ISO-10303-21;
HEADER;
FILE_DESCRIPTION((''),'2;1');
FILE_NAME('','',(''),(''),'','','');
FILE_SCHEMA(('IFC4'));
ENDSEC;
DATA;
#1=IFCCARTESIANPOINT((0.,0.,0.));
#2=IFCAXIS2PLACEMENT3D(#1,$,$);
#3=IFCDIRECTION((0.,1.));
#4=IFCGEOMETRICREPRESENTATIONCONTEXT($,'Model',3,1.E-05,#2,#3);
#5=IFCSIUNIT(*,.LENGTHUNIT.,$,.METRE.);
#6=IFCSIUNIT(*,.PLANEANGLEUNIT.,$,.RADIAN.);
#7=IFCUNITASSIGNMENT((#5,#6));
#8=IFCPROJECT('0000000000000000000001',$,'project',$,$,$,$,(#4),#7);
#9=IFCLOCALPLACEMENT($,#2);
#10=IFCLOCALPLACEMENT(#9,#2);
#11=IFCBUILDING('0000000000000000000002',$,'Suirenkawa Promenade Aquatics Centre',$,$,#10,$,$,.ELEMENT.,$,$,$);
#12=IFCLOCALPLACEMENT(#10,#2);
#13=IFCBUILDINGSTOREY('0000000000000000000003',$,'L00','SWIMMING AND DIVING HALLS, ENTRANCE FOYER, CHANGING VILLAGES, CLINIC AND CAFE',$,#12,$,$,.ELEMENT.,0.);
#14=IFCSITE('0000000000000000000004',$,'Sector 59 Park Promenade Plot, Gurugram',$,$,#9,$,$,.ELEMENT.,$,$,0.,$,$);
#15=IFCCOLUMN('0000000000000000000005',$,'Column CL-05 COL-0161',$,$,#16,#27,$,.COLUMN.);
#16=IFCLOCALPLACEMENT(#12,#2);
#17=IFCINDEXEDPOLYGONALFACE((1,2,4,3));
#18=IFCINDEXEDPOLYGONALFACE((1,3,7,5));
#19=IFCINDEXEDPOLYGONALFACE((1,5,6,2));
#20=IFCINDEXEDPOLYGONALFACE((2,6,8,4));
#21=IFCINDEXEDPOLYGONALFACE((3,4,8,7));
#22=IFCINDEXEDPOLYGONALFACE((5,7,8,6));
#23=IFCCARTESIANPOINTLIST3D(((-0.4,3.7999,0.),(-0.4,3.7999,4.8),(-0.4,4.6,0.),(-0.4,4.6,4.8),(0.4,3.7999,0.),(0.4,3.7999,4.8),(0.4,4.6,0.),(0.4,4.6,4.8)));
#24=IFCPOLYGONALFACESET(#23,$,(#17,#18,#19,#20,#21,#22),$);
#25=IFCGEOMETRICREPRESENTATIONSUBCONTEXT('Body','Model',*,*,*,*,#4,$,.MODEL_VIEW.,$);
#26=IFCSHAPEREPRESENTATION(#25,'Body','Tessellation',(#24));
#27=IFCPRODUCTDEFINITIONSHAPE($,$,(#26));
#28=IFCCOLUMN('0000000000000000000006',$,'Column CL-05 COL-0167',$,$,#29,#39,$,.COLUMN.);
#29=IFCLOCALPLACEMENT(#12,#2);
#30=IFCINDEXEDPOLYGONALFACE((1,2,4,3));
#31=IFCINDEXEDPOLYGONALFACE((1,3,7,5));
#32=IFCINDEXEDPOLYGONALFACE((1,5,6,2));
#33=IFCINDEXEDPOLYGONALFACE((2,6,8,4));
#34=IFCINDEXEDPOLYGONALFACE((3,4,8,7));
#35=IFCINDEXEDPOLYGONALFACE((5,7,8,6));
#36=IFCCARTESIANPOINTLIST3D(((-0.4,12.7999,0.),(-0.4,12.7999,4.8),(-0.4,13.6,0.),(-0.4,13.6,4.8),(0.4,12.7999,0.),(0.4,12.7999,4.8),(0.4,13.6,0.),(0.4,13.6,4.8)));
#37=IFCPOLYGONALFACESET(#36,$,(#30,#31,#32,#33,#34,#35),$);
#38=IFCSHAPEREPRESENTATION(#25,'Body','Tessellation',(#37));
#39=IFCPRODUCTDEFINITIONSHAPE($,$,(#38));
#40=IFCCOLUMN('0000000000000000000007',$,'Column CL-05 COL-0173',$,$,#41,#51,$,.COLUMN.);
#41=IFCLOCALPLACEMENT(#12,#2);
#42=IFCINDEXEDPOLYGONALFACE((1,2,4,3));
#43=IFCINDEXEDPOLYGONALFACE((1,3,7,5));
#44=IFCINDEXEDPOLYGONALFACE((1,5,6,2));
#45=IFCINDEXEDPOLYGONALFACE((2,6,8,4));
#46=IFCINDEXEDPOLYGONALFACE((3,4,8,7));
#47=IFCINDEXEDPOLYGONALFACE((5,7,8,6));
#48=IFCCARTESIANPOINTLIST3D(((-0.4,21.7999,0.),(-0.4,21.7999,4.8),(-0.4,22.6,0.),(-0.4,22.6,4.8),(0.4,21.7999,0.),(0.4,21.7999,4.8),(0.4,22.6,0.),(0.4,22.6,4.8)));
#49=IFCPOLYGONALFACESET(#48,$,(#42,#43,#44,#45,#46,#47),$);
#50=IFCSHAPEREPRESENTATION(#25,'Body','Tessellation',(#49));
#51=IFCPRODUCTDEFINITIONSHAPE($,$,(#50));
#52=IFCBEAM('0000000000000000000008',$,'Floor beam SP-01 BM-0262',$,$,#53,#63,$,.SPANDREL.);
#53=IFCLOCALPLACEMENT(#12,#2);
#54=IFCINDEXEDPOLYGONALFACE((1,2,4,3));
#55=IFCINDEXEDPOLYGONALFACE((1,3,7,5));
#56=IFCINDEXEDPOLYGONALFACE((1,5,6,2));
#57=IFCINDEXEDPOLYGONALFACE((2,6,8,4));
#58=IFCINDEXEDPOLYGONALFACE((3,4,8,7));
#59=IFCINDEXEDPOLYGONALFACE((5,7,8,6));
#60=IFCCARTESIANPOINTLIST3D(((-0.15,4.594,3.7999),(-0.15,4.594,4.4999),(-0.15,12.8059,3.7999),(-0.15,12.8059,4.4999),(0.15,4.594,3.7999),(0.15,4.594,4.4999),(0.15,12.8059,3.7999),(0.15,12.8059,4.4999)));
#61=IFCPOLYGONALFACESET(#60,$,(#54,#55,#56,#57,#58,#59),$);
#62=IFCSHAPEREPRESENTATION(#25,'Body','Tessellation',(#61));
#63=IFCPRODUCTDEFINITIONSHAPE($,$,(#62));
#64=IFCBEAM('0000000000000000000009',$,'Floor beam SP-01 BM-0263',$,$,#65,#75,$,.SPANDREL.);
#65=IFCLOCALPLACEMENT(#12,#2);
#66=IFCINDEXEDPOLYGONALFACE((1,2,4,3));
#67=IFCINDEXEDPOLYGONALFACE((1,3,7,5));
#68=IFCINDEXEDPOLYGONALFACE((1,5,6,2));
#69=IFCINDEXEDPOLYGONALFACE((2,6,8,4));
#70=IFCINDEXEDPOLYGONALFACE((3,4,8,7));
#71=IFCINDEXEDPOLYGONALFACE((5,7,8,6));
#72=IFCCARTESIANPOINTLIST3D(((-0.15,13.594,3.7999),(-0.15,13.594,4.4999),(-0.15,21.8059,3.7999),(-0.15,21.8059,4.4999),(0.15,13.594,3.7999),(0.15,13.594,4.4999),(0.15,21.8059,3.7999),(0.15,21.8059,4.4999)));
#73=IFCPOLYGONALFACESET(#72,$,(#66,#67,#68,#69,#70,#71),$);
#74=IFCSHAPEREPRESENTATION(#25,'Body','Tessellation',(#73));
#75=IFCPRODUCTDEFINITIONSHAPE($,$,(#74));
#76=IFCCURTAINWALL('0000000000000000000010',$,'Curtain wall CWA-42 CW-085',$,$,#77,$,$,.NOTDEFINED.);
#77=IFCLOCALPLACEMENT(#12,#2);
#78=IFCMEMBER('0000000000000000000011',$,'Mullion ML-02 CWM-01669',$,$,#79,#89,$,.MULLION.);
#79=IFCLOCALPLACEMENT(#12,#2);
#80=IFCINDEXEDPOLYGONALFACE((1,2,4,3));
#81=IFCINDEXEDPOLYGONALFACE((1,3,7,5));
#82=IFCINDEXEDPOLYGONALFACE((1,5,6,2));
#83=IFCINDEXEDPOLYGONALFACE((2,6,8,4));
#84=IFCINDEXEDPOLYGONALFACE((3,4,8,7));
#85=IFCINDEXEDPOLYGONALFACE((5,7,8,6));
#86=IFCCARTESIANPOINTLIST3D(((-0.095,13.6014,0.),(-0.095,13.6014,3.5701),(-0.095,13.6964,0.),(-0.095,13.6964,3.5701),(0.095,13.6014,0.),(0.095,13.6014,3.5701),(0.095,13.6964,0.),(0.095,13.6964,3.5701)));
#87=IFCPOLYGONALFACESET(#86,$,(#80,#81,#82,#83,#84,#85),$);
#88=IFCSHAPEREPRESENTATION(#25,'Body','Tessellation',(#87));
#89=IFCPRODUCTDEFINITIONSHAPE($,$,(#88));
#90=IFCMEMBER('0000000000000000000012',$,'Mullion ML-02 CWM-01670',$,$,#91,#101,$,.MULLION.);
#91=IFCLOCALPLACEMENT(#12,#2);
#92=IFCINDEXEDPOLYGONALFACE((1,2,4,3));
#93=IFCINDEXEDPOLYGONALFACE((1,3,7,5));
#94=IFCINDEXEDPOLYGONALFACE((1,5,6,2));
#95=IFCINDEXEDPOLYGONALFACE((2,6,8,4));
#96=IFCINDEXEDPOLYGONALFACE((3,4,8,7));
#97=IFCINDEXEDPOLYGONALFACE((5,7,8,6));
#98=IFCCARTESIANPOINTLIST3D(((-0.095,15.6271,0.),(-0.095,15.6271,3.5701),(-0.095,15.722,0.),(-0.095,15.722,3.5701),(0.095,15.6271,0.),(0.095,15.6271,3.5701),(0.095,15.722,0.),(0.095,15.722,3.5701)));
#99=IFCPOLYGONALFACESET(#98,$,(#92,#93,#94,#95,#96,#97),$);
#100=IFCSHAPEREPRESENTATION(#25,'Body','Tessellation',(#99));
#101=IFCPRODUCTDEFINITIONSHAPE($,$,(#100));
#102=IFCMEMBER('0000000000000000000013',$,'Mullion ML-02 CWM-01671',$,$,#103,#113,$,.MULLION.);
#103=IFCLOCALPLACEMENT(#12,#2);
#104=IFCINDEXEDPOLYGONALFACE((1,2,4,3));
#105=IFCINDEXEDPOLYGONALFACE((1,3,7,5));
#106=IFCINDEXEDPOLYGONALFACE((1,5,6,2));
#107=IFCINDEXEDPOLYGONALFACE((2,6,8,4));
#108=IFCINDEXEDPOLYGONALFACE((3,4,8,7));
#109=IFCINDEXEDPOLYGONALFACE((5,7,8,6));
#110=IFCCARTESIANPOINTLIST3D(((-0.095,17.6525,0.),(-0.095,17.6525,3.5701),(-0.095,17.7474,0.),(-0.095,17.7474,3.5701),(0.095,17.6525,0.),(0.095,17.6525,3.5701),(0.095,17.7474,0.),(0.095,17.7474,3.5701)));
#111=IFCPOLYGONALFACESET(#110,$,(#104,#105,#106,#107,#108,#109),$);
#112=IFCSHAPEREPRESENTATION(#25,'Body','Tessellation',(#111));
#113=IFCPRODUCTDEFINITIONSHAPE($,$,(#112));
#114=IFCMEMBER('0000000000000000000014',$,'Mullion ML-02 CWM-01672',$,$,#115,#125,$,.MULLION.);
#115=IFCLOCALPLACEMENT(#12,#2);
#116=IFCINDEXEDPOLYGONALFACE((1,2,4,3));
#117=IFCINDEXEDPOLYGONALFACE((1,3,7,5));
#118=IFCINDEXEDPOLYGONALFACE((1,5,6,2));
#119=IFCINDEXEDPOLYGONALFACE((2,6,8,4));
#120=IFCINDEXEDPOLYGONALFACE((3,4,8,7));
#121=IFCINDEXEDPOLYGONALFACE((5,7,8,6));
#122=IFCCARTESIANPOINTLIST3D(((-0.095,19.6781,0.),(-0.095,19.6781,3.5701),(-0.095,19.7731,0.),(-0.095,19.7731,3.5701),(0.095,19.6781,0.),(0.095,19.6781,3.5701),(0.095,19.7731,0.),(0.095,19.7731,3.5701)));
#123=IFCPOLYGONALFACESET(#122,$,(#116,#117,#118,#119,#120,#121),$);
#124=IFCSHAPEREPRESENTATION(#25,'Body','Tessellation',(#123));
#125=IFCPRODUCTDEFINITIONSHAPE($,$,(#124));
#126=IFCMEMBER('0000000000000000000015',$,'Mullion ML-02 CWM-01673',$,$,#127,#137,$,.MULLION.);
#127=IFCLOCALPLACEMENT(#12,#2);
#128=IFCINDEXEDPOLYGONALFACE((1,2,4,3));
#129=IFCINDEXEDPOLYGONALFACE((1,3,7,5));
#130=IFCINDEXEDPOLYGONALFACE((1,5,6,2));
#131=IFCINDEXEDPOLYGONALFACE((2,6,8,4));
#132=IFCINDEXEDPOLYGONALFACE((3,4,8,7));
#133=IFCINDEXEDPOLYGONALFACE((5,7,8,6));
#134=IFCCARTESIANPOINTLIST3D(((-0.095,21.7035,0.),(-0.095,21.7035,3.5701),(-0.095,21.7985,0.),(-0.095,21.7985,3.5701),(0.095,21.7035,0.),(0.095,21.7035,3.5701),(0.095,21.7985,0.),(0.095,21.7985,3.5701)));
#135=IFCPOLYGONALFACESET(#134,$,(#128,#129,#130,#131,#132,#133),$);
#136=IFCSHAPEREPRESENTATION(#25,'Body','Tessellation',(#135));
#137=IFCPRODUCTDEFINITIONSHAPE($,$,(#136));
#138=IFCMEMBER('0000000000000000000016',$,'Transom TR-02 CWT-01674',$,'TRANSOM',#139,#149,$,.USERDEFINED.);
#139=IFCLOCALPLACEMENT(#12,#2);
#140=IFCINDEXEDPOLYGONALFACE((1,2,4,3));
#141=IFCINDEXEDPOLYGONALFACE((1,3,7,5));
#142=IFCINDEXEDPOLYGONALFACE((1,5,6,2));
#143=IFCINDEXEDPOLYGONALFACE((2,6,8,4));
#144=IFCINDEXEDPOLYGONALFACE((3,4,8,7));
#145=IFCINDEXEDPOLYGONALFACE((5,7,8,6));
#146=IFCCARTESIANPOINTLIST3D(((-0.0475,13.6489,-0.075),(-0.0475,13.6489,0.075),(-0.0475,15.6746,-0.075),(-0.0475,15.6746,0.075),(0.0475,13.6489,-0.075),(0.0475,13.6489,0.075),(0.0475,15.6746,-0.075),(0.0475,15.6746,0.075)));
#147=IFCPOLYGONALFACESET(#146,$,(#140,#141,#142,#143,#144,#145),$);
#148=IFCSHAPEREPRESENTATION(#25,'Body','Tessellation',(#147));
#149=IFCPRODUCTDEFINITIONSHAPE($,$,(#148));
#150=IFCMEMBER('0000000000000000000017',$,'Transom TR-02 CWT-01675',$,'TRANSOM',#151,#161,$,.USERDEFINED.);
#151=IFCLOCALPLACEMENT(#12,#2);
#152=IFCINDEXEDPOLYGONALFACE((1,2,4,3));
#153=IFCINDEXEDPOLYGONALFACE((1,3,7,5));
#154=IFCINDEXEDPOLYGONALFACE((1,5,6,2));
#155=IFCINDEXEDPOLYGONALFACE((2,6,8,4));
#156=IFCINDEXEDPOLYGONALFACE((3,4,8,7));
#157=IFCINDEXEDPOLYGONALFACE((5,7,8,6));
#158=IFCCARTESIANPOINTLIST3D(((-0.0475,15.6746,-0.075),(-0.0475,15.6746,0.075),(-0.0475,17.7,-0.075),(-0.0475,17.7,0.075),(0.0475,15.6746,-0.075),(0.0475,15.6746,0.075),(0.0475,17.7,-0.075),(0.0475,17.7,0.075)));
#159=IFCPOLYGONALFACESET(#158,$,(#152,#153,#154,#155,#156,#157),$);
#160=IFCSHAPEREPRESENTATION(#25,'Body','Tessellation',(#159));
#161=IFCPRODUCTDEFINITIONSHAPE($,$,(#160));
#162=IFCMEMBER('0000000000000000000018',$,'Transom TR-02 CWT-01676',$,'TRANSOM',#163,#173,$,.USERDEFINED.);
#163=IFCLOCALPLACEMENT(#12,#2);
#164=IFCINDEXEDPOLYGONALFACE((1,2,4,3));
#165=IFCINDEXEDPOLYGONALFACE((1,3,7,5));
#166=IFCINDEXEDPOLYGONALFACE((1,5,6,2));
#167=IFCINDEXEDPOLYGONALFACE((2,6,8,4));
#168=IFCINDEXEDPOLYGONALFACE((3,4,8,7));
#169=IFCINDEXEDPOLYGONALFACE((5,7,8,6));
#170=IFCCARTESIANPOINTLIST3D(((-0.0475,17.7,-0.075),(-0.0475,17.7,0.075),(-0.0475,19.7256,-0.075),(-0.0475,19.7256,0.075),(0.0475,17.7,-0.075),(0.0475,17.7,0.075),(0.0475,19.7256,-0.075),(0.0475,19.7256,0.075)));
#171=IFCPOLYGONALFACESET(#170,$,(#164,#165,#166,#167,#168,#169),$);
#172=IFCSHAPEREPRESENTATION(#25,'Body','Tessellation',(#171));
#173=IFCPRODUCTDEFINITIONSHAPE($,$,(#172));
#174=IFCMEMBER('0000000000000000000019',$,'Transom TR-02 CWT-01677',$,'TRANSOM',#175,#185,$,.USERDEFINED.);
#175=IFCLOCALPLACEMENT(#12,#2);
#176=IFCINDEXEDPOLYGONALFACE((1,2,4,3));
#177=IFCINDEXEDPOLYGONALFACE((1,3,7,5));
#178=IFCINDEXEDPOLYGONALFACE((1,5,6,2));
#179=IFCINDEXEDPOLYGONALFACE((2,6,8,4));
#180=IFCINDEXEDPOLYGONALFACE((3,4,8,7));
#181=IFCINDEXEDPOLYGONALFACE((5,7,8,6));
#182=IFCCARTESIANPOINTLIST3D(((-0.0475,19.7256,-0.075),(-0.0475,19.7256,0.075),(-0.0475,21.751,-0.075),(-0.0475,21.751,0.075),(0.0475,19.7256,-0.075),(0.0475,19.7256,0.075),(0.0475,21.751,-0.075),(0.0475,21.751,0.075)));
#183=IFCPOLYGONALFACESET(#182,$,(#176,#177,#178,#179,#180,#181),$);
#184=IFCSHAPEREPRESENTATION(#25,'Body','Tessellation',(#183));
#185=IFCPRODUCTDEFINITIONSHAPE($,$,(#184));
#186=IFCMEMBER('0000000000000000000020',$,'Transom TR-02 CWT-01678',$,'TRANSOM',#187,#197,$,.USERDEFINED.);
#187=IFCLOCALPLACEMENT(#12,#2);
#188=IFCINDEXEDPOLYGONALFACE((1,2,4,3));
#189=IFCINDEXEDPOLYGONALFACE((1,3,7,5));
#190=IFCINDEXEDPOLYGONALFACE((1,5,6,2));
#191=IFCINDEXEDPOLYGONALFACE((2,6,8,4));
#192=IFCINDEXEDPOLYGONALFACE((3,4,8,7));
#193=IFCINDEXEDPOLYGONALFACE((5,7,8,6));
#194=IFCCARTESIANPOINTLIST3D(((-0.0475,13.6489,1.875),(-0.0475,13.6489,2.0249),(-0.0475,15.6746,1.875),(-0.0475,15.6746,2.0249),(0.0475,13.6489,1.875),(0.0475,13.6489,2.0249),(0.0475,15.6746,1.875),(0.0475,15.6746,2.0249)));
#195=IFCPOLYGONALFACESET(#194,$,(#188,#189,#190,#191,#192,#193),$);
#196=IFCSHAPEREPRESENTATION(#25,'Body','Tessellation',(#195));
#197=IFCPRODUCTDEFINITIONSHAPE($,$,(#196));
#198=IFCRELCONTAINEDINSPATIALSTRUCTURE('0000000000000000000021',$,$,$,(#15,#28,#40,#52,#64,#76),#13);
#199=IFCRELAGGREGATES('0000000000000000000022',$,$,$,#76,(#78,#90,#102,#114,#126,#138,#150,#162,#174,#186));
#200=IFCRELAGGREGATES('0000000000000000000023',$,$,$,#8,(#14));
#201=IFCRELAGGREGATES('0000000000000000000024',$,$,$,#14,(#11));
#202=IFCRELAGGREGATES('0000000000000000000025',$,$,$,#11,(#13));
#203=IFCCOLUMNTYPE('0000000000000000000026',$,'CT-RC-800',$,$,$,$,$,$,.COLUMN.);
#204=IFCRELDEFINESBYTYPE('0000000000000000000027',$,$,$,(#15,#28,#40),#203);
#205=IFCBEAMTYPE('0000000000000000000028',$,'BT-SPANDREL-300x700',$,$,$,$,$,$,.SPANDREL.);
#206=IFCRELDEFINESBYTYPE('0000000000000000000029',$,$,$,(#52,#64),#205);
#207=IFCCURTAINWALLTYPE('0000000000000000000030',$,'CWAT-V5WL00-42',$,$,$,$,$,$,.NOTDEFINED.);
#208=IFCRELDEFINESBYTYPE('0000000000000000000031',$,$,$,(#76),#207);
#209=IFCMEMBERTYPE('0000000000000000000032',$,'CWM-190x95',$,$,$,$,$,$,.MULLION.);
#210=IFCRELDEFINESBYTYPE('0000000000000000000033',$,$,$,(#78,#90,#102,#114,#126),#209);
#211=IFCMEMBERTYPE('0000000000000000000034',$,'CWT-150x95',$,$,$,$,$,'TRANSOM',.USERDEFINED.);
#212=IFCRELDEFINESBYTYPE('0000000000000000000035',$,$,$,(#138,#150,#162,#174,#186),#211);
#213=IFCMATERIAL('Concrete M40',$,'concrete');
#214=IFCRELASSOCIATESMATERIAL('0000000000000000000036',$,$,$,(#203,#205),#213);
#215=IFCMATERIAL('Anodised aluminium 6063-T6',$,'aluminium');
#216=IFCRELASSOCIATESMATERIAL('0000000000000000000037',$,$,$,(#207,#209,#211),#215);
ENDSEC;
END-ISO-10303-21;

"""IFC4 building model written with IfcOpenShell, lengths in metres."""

from ifc_helpers import new_model, si_unit, direction, frame, origin, origin_2d, place, context, subcontext, project, spatial, rectangle, extrude, material, material_profile, profile_set, type_object, element, aggregate, save


model = new_model("IFC4")

# Units and contexts
model_context = context("Model", 3, precision=1e-05, world=origin(), true_north=direction((0.0, 1.0)))
body_context = subcontext(model_context, "Body", "Model", "MODEL_VIEW")
ifc_project = project(units=[si_unit("LENGTHUNIT", "METRE"), si_unit("PLANEANGLEUNIT", "RADIAN")], contexts=[model_context])

# Site, building, storey
site_placement = place(None, origin())
site = spatial("IfcSite", under=ifc_project, at=site_placement, Name="Sector 59 Park Promenade Plot, Gurugram", CompositionType="ELEMENT", RefElevation=0.0)
building_placement = place(site_placement, origin())
building = spatial("IfcBuilding", under=site, at=building_placement, Name="Suirenkawa Promenade Aquatics Centre", CompositionType="ELEMENT")
storey_placement = place(building_placement, origin())
storey = spatial("IfcBuildingStorey", under=building, at=storey_placement, Name="L00", Description="SWIMMING AND DIVING HALLS, ENTRANCE FOYER, CHANGING VILLAGES, CLINIC AND CAFE", CompositionType="ELEMENT", Elevation=0.0)

# Columns
ifc_material_1 = material(Name="Concrete M40", Category="concrete")
ifc_material_profile_1 = material_profile(ifc_material_1, rectangle(XDim=0.8, YDim=0.8, at=origin_2d()), Name="RC COL 800x800", Category="concrete")
ifc_profile_set_1 = profile_set([ifc_material_profile_1], Name="Concrete M40")
column_type = type_object("IfcColumnType", Name="CT-RC-800", PredefinedType="COLUMN", material=ifc_profile_set_1)
for number, where, z_axis, x_axis, name in (
    (1, (0.0, 4.2, 0.0), (0.0, 0.0, 1.0), (1.0, 0.0, 0.0), "Column CL-05 COL-0161"),
    (2, (0.0, 13.2, 0.0), (0.0, 0.0, 1.0), (1.0, 0.0, 0.0), "Column CL-05 COL-0167"),
    (3, (0.0, 22.2, 0.0), (0.0, 0.0, 1.0), (1.0, 0.0, 0.0), "Column CL-05 COL-0173"),
):
    element("IfcColumn", number, at=place(storey_placement, frame(where, z_axis=z_axis, x_axis=x_axis)), inside=storey, type_object=column_type, Name=name, PredefinedType="COLUMN", context=body_context, shape_type="SweptSolid", body=[
        extrude(rectangle(XDim=0.8, YDim=0.8, at=origin_2d()), origin(), (0.0, 0.0, 1.0), 4.8),
    ])

# Beams
ifc_material_profile_2 = material_profile(ifc_material_1, rectangle(XDim=0.3, YDim=0.7, at=origin_2d()), Name="RC SPANDREL 300x700", Category="concrete")
ifc_profile_set_2 = profile_set([ifc_material_profile_2], Name="Concrete M40")
beam_type = type_object("IfcBeamType", Name="BT-SPANDREL-300x700", PredefinedType="SPANDREL", material=ifc_profile_set_2)
for number, where, z_axis, x_axis, name in (
    (4, (0.0, 4.594, 4.1499), (0.0, 1.0, 0.0), (-1.0, 0.0, 0.0), "Floor beam SP-01 BM-0262"),
    (5, (0.0, 13.594, 4.1499), (0.0, 1.0, 0.0), (-1.0, 0.0, 0.0), "Floor beam SP-01 BM-0263"),
):
    element("IfcBeam", number, at=place(storey_placement, frame(where, z_axis=z_axis, x_axis=x_axis)), inside=storey, type_object=beam_type, Name=name, PredefinedType="SPANDREL", context=body_context, shape_type="SweptSolid", body=[
        extrude(rectangle(XDim=0.3, YDim=0.7, at=origin_2d()), origin(), (0.0, 0.0, 1.0), 8.2119),
    ])

# Curtain wall, members
ifc_material_2 = material(Name="Anodised aluminium 6063-T6", Category="aluminium")
curtain_wall_type = type_object("IfcCurtainWallType", Name="CWAT-V5WL00-42", PredefinedType="NOTDEFINED", material=ifc_material_2)
curtain_wall_placement = place(storey_placement, origin())
curtain_wall = element("IfcCurtainWall", 6, at=curtain_wall_placement, inside=storey, type_object=curtain_wall_type, Name="Curtain wall CWA-42 CW-085", PredefinedType="NOTDEFINED")
ifc_material_profile_3 = material_profile(ifc_material_2, rectangle(XDim=0.095, YDim=0.1899, at=origin_2d()), Name="ALU MULL 95x190", Category="aluminium")
ifc_profile_set_3 = profile_set([ifc_material_profile_3], Name="Anodised aluminium 6063-T6")
member_type_1 = type_object("IfcMemberType", Name="CWM-190x95", PredefinedType="MULLION", material=ifc_profile_set_3)
member_1_placement = place(storey_placement, frame((0.0, 13.6489, 0.0), z_axis=(0.0, 0.0, 1.0), x_axis=(0.0, 1.0, 0.0)))
member_1 = element("IfcMember", 7, at=member_1_placement, type_object=member_type_1, Name="Mullion ML-02 CWM-01669", PredefinedType="MULLION", context=body_context, shape_type="SweptSolid", body=[
    extrude(rectangle(XDim=0.095, YDim=0.1899, at=origin_2d()), origin(), (0.0, 0.0, 1.0), 3.5701),
])
member_2_placement = place(storey_placement, frame((0.0, 15.6746, 0.0), z_axis=(0.0, 0.0, 1.0), x_axis=(0.0, 1.0, 0.0)))
member_2 = element("IfcMember", 8, at=member_2_placement, type_object=member_type_1, Name="Mullion ML-02 CWM-01670", PredefinedType="MULLION", context=body_context, shape_type="SweptSolid", body=[
    extrude(rectangle(XDim=0.095, YDim=0.1899, at=origin_2d()), origin(), (0.0, 0.0, 1.0), 3.5701),
])
member_3_placement = place(storey_placement, frame((0.0, 17.7, 0.0), z_axis=(0.0, 0.0, 1.0), x_axis=(0.0, 1.0, 0.0)))
member_3 = element("IfcMember", 9, at=member_3_placement, type_object=member_type_1, Name="Mullion ML-02 CWM-01671", PredefinedType="MULLION", context=body_context, shape_type="SweptSolid", body=[
    extrude(rectangle(XDim=0.095, YDim=0.1899, at=origin_2d()), origin(), (0.0, 0.0, 1.0), 3.5701),
])
member_4_placement = place(storey_placement, frame((0.0, 19.7256, 0.0), z_axis=(0.0, 0.0, 1.0), x_axis=(0.0, 1.0, 0.0)))
member_4 = element("IfcMember", 10, at=member_4_placement, type_object=member_type_1, Name="Mullion ML-02 CWM-01672", PredefinedType="MULLION", context=body_context, shape_type="SweptSolid", body=[
    extrude(rectangle(XDim=0.095, YDim=0.1899, at=origin_2d()), origin(), (0.0, 0.0, 1.0), 3.5701),
])
member_5_placement = place(storey_placement, frame((0.0, 21.751, 0.0), z_axis=(0.0, 0.0, 1.0), x_axis=(0.0, 1.0, 0.0)))
member_5 = element("IfcMember", 11, at=member_5_placement, type_object=member_type_1, Name="Mullion ML-02 CWM-01673", PredefinedType="MULLION", context=body_context, shape_type="SweptSolid", body=[
    extrude(rectangle(XDim=0.095, YDim=0.1899, at=origin_2d()), origin(), (0.0, 0.0, 1.0), 3.5701),
])
ifc_material_profile_4 = material_profile(ifc_material_2, rectangle(XDim=0.095, YDim=0.1499, at=origin_2d()), Name="ALU TRAN 95x150", Category="aluminium")
ifc_profile_set_4 = profile_set([ifc_material_profile_4], Name="Anodised aluminium 6063-T6")
member_type_2 = type_object("IfcMemberType", Name="CWT-150x95", ElementType="TRANSOM", PredefinedType="USERDEFINED", material=ifc_profile_set_4)
member_6_placement = place(storey_placement, frame((0.0, 13.6489, 0.0), z_axis=(0.0, 1.0, 0.0), x_axis=(-1.0, 0.0, 0.0)))
member_6 = element("IfcMember", 12, at=member_6_placement, type_object=member_type_2, Name="Transom TR-02 CWT-01674", ObjectType="TRANSOM", PredefinedType="USERDEFINED", context=body_context, shape_type="SweptSolid", body=[
    extrude(rectangle(XDim=0.095, YDim=0.1499, at=origin_2d()), origin(), (0.0, 0.0, 1.0), 2.0256),
])
member_7_placement = place(storey_placement, frame((0.0, 15.6746, 0.0), z_axis=(0.0, 1.0, 0.0), x_axis=(-1.0, 0.0, 0.0)))
member_7 = element("IfcMember", 13, at=member_7_placement, type_object=member_type_2, Name="Transom TR-02 CWT-01675", ObjectType="TRANSOM", PredefinedType="USERDEFINED", context=body_context, shape_type="SweptSolid", body=[
    extrude(rectangle(XDim=0.095, YDim=0.1499, at=origin_2d()), origin(), (0.0, 0.0, 1.0), 2.0254),
])
member_8_placement = place(storey_placement, frame((0.0, 17.7, 0.0), z_axis=(0.0, 1.0, 0.0), x_axis=(-1.0, 0.0, 0.0)))
member_8 = element("IfcMember", 14, at=member_8_placement, type_object=member_type_2, Name="Transom TR-02 CWT-01676", ObjectType="TRANSOM", PredefinedType="USERDEFINED", context=body_context, shape_type="SweptSolid", body=[
    extrude(rectangle(XDim=0.095, YDim=0.1499, at=origin_2d()), origin(), (0.0, 0.0, 1.0), 2.0256),
])
member_9_placement = place(storey_placement, frame((0.0, 19.7256, 0.0), z_axis=(0.0, 1.0, 0.0), x_axis=(-1.0, 0.0, 0.0)))
member_9 = element("IfcMember", 15, at=member_9_placement, type_object=member_type_2, Name="Transom TR-02 CWT-01677", ObjectType="TRANSOM", PredefinedType="USERDEFINED", context=body_context, shape_type="SweptSolid", body=[
    extrude(rectangle(XDim=0.095, YDim=0.1499, at=origin_2d()), origin(), (0.0, 0.0, 1.0), 2.0254),
])
member_10_placement = place(storey_placement, frame((0.0, 13.6489, 1.95), z_axis=(0.0, 1.0, 0.0), x_axis=(-1.0, 0.0, 0.0)))
member_10 = element("IfcMember", 16, at=member_10_placement, type_object=member_type_2, Name="Transom TR-02 CWT-01678", ObjectType="TRANSOM", PredefinedType="USERDEFINED", context=body_context, shape_type="SweptSolid", body=[
    extrude(rectangle(XDim=0.095, YDim=0.1499, at=origin_2d()), origin(), (0.0, 0.0, 1.0), 2.0256),
])
aggregate(curtain_wall, [member_1, member_2, member_3, member_4, member_5, member_6, member_7, member_8, member_9, member_10])

save(model, "model.ifc")
